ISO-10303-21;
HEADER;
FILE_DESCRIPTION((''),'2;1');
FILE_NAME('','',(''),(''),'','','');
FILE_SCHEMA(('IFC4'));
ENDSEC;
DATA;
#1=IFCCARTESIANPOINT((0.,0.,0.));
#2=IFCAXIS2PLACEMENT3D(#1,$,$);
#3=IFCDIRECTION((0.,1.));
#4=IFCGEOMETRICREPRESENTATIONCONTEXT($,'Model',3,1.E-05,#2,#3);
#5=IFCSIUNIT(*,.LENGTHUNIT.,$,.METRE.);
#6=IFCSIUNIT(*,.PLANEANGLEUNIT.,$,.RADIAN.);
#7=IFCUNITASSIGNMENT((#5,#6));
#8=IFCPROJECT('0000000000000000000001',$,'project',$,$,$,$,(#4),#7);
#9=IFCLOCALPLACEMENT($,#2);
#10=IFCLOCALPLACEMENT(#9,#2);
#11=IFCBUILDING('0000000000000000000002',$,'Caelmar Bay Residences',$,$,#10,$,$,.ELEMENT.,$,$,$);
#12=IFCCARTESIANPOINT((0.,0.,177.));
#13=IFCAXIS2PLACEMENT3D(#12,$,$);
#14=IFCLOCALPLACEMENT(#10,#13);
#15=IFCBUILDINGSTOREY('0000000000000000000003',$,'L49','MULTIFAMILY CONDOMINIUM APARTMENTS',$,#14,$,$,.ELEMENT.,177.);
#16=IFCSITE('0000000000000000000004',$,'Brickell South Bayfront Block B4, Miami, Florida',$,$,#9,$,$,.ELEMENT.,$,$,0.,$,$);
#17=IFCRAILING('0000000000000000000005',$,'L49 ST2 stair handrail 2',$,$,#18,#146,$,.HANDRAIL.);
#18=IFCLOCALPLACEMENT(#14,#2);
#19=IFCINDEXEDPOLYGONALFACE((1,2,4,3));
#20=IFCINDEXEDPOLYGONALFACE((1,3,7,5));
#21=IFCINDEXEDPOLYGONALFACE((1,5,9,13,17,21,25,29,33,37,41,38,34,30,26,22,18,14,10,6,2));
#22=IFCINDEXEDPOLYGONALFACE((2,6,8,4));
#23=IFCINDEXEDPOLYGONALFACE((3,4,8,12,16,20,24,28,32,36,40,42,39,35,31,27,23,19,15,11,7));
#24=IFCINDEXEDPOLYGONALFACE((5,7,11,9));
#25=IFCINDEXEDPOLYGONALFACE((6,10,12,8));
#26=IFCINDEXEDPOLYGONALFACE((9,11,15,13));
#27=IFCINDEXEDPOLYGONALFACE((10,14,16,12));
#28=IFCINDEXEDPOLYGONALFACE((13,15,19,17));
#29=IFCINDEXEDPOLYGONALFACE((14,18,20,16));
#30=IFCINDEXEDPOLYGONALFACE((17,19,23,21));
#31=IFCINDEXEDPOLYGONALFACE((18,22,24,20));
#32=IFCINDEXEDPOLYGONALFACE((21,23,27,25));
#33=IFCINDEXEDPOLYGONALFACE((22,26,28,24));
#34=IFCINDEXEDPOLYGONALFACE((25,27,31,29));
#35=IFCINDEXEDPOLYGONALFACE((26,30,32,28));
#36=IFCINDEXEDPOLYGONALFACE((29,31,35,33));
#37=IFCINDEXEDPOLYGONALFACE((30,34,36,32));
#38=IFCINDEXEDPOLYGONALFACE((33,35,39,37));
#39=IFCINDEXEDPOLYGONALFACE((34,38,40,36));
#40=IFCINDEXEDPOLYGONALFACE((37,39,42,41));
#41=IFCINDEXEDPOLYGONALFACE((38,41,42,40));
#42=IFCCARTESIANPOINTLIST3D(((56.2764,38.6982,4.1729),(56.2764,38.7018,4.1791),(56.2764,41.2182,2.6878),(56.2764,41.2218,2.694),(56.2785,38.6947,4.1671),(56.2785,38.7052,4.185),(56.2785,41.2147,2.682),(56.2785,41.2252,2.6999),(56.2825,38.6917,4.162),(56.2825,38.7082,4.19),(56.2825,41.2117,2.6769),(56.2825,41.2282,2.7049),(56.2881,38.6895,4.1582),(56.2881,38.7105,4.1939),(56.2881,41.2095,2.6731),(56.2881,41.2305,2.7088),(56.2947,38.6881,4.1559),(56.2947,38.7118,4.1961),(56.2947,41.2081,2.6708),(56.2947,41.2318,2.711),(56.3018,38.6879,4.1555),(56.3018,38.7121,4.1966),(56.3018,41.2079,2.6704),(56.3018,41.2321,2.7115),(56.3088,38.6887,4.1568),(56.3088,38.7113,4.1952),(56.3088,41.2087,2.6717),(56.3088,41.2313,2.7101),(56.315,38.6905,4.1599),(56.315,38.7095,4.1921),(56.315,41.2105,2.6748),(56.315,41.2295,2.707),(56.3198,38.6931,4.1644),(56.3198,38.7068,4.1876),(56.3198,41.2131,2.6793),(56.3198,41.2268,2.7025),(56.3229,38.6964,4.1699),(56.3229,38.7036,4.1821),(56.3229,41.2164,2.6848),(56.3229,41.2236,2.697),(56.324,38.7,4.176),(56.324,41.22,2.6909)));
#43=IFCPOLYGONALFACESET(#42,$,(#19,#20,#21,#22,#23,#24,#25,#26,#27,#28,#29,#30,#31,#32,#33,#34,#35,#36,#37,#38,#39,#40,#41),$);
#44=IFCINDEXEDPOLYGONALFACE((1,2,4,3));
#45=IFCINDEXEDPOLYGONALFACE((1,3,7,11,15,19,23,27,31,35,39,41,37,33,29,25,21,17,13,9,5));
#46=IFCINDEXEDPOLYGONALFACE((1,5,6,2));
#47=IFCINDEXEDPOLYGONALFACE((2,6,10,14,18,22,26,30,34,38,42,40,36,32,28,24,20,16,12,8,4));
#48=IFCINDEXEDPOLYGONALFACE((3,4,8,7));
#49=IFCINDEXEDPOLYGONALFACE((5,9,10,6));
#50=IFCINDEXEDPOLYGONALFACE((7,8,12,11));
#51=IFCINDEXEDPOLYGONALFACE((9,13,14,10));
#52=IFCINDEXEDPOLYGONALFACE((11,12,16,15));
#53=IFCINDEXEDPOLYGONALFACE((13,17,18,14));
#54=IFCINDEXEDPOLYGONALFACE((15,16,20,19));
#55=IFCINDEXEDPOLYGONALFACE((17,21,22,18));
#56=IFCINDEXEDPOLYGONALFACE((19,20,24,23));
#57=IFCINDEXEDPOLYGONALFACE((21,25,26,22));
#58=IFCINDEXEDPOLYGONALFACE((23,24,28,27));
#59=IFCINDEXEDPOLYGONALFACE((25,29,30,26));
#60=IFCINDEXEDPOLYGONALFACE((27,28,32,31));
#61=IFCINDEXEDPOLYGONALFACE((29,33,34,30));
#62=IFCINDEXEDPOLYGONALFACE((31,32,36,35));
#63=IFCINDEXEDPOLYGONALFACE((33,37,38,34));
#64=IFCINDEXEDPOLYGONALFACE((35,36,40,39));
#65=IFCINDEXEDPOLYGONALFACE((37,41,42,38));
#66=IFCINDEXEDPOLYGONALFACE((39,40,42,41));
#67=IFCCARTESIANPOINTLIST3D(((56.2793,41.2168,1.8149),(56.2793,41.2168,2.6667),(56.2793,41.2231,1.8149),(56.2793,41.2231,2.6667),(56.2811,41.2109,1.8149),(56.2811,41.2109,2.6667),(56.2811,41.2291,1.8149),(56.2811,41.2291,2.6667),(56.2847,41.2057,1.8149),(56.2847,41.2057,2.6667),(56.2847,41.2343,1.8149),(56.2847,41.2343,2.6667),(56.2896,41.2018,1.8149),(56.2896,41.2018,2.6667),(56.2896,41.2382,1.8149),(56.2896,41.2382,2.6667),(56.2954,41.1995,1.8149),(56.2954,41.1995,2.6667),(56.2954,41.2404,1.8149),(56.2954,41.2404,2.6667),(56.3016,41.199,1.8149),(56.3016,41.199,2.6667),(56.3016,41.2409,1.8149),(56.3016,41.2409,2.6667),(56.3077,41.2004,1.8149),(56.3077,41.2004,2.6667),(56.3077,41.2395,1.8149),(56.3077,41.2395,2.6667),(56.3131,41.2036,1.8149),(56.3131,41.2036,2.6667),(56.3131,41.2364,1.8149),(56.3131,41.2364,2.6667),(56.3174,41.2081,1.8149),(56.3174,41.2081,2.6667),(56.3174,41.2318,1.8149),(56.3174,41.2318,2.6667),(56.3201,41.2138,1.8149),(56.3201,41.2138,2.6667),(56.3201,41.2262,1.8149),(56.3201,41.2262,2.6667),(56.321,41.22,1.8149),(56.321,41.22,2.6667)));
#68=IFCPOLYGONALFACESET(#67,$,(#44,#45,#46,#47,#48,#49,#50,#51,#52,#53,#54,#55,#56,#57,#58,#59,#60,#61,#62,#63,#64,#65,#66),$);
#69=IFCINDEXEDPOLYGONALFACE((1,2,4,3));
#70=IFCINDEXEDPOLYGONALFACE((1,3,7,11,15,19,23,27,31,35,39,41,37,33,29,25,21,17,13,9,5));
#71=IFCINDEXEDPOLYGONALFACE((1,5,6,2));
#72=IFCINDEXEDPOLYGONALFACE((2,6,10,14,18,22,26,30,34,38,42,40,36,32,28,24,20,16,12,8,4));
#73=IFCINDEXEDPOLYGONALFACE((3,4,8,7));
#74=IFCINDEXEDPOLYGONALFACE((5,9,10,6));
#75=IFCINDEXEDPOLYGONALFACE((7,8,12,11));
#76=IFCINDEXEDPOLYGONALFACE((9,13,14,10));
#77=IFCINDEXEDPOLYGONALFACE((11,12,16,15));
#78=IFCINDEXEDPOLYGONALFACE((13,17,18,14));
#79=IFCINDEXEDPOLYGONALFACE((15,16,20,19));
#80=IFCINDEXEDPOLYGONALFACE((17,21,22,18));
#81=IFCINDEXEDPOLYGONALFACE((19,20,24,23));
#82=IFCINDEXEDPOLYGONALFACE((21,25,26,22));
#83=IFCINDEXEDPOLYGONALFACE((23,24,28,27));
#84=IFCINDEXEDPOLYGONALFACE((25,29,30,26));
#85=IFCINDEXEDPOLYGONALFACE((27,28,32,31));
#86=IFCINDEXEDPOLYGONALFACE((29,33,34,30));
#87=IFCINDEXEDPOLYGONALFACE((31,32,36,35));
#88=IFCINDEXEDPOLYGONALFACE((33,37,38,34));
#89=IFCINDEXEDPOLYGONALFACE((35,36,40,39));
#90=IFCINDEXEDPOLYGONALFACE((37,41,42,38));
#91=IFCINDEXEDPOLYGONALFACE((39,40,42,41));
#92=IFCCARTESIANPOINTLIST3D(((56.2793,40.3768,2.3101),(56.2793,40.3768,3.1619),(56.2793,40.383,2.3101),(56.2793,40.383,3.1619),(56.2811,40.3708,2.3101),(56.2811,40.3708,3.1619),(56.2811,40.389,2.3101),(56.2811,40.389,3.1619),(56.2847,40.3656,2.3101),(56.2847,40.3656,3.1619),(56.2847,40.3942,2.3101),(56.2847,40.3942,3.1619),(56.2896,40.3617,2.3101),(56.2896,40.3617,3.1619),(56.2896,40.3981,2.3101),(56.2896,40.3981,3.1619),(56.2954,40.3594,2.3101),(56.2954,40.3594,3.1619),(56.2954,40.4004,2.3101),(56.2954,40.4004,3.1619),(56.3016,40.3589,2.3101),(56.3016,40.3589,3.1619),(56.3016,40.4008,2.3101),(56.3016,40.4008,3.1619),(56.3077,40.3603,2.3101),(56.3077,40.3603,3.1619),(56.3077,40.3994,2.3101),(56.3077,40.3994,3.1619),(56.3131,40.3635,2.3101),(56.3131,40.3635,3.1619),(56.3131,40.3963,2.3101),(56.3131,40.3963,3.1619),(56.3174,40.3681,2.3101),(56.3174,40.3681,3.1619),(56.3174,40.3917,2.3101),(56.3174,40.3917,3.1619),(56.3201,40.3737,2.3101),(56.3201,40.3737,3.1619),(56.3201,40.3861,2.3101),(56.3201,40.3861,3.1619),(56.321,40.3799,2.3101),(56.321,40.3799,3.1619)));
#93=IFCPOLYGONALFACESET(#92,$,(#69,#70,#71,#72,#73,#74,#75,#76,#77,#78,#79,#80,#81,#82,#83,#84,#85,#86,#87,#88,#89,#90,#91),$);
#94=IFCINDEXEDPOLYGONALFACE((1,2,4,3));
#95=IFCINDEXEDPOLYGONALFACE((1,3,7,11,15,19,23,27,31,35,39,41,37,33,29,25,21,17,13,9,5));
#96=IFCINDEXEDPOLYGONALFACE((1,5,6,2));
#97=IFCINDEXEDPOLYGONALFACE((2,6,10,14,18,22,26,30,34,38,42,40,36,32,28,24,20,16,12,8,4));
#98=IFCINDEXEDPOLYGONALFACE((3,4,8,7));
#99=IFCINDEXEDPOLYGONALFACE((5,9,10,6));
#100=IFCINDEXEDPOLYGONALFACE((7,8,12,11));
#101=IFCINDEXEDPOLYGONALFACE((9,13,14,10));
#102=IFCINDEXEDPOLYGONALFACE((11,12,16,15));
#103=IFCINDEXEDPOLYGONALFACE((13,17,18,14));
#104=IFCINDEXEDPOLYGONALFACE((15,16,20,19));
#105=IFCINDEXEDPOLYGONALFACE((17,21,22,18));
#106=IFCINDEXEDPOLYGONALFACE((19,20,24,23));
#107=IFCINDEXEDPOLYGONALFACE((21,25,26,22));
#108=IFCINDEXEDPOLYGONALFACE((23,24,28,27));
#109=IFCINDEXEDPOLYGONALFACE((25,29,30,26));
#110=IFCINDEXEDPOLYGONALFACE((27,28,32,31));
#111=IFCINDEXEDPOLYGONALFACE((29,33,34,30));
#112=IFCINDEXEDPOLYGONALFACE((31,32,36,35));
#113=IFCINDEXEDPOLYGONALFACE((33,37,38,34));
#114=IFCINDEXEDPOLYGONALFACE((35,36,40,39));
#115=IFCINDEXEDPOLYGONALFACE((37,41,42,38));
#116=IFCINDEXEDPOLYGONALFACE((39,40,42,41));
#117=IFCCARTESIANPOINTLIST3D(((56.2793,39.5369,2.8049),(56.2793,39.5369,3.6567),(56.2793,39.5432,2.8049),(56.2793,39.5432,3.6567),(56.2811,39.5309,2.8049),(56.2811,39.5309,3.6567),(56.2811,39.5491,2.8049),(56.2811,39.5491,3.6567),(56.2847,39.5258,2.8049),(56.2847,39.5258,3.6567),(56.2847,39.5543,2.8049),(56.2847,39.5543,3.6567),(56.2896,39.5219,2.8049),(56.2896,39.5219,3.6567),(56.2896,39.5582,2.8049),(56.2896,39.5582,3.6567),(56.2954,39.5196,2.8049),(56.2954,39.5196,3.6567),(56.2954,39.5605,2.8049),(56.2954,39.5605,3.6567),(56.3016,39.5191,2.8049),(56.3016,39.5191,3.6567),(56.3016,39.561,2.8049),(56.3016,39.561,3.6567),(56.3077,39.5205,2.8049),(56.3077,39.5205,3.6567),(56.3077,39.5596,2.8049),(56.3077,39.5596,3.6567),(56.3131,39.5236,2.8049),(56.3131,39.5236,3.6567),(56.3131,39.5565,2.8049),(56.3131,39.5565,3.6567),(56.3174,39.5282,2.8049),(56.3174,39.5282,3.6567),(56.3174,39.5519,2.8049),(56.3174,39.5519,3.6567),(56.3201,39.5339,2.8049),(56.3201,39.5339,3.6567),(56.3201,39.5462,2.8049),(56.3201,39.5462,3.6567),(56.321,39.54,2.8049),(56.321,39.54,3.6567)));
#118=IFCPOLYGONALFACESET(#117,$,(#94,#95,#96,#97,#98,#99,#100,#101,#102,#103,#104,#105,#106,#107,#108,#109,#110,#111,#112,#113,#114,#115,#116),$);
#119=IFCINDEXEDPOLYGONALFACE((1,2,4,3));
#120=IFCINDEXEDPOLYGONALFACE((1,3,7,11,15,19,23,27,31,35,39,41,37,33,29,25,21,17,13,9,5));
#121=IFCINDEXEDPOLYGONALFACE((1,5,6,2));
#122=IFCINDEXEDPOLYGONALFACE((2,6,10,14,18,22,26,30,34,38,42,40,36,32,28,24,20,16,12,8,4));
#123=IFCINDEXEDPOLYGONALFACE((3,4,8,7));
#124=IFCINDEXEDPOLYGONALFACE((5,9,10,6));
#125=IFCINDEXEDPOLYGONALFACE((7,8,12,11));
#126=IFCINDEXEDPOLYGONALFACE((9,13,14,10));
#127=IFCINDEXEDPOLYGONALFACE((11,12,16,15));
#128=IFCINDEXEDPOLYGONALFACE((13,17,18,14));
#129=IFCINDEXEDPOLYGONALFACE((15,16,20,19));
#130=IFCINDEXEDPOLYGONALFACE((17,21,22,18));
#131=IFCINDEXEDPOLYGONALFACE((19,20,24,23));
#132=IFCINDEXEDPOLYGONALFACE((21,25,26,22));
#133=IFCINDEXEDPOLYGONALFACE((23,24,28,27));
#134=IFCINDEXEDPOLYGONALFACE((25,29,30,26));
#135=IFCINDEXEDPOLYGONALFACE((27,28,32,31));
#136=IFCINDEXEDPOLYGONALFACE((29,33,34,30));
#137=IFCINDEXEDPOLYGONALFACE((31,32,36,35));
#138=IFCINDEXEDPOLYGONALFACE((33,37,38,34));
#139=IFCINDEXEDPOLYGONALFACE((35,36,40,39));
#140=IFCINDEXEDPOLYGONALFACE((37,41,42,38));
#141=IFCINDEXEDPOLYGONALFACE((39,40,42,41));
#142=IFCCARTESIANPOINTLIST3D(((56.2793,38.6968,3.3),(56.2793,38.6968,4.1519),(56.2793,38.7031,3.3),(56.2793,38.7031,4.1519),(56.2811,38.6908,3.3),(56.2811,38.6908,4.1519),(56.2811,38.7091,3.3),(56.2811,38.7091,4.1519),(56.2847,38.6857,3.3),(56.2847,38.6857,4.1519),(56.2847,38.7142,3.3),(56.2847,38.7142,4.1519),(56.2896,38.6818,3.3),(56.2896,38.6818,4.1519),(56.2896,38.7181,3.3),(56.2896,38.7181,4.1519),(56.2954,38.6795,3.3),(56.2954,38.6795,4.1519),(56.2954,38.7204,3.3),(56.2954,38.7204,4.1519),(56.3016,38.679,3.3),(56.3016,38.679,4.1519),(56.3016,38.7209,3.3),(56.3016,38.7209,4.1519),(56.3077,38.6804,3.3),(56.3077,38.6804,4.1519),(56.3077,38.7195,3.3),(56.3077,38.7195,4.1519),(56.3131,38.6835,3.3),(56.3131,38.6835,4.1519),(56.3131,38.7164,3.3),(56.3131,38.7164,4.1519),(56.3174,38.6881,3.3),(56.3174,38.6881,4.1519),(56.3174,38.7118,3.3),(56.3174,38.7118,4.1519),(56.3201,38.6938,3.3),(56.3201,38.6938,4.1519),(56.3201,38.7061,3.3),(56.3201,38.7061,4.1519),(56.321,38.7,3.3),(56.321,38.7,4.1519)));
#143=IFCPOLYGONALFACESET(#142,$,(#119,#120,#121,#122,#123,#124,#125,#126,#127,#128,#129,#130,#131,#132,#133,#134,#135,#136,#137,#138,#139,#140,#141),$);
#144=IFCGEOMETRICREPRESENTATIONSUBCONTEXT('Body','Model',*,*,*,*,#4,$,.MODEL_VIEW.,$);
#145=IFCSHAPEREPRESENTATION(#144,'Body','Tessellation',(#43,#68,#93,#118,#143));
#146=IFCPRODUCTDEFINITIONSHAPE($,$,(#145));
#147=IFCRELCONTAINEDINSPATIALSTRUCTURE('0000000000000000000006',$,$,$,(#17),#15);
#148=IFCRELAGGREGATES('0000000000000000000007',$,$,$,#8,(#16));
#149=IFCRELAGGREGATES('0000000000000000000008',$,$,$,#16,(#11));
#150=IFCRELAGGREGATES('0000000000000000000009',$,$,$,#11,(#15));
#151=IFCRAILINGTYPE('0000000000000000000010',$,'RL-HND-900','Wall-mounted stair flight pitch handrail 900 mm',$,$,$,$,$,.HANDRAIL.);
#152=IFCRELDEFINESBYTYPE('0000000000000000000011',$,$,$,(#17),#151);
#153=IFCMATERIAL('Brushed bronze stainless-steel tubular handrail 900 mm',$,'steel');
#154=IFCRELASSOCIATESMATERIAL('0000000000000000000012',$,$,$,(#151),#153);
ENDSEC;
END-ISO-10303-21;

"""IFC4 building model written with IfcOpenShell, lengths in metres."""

from ifc_helpers import new_model, si_unit, direction, frame, origin, origin_2d, place, context, subcontext, project, spatial, circle, extrude, material, type_object, element, save


model = new_model("IFC4")

# Units and contexts
model_context = context("Model", 3, precision=1e-05, world=origin(), true_north=direction((0.0, 1.0)))
body_context = subcontext(model_context, "Body", "Model", "MODEL_VIEW")
ifc_project = project(units=[si_unit("LENGTHUNIT", "METRE"), si_unit("PLANEANGLEUNIT", "RADIAN")], contexts=[model_context])

# Site, building, storey
site_placement = place(None, origin())
site = spatial("IfcSite", under=ifc_project, at=site_placement, Name="Brickell South Bayfront Block B4, Miami, Florida", CompositionType="ELEMENT", RefElevation=0.0)
building_placement = place(site_placement, origin())
building = spatial("IfcBuilding", under=site, at=building_placement, Name="Caelmar Bay Residences", CompositionType="ELEMENT")
storey_placement = place(building_placement, frame((0.0, 0.0, 177.0)))
storey = spatial("IfcBuildingStorey", under=building, at=storey_placement, Name="L49", Description="MULTIFAMILY CONDOMINIUM APARTMENTS", CompositionType="ELEMENT", Elevation=177.0)

# Railing
ifc_material_1 = material(Name="Brushed bronze stainless-steel tubular handrail 900 mm", Category="steel")
railing_type_1 = type_object("IfcRailingType", Name="RL-HND-900", Description="Wall-mounted stair flight pitch handrail 900 mm", PredefinedType="HANDRAIL", material=ifc_material_1)
railing_1_placement = place(storey_placement, frame((56.3, 41.22, 1.8149)))
element("IfcRailing", 1, at=railing_1_placement, inside=storey, type_object=railing_type_1, Name="L49 ST2 stair handrail 2", PredefinedType="HANDRAIL", context=body_context, shape_type="SweptSolid", body=[
    extrude(circle(Radius=0.0239, at=origin_2d()), frame((0.0, 0.0, 0.876), z_axis=(0.0, -0.861524, 0.507717), x_axis=(1.0, 0.0, 0.0)), (0.0, 0.0, 1.0), 2.925),
    extrude(circle(Radius=0.021, at=origin_2d()), origin(), (0.0, 0.0, 1.0), 0.8518),
    extrude(circle(Radius=0.021, at=origin_2d()), frame((0.0, -0.8401, 0.4951)), (0.0, 0.0, 1.0), 0.8518),
    extrude(circle(Radius=0.021, at=origin_2d()), frame((0.0, -1.6799, 0.99)), (0.0, 0.0, 1.0), 0.8518),
    extrude(circle(Radius=0.021, at=origin_2d()), frame((0.0, -2.52, 1.4851)), (0.0, 0.0, 1.0), 0.8518),
])

save(model, "model.ifc")
